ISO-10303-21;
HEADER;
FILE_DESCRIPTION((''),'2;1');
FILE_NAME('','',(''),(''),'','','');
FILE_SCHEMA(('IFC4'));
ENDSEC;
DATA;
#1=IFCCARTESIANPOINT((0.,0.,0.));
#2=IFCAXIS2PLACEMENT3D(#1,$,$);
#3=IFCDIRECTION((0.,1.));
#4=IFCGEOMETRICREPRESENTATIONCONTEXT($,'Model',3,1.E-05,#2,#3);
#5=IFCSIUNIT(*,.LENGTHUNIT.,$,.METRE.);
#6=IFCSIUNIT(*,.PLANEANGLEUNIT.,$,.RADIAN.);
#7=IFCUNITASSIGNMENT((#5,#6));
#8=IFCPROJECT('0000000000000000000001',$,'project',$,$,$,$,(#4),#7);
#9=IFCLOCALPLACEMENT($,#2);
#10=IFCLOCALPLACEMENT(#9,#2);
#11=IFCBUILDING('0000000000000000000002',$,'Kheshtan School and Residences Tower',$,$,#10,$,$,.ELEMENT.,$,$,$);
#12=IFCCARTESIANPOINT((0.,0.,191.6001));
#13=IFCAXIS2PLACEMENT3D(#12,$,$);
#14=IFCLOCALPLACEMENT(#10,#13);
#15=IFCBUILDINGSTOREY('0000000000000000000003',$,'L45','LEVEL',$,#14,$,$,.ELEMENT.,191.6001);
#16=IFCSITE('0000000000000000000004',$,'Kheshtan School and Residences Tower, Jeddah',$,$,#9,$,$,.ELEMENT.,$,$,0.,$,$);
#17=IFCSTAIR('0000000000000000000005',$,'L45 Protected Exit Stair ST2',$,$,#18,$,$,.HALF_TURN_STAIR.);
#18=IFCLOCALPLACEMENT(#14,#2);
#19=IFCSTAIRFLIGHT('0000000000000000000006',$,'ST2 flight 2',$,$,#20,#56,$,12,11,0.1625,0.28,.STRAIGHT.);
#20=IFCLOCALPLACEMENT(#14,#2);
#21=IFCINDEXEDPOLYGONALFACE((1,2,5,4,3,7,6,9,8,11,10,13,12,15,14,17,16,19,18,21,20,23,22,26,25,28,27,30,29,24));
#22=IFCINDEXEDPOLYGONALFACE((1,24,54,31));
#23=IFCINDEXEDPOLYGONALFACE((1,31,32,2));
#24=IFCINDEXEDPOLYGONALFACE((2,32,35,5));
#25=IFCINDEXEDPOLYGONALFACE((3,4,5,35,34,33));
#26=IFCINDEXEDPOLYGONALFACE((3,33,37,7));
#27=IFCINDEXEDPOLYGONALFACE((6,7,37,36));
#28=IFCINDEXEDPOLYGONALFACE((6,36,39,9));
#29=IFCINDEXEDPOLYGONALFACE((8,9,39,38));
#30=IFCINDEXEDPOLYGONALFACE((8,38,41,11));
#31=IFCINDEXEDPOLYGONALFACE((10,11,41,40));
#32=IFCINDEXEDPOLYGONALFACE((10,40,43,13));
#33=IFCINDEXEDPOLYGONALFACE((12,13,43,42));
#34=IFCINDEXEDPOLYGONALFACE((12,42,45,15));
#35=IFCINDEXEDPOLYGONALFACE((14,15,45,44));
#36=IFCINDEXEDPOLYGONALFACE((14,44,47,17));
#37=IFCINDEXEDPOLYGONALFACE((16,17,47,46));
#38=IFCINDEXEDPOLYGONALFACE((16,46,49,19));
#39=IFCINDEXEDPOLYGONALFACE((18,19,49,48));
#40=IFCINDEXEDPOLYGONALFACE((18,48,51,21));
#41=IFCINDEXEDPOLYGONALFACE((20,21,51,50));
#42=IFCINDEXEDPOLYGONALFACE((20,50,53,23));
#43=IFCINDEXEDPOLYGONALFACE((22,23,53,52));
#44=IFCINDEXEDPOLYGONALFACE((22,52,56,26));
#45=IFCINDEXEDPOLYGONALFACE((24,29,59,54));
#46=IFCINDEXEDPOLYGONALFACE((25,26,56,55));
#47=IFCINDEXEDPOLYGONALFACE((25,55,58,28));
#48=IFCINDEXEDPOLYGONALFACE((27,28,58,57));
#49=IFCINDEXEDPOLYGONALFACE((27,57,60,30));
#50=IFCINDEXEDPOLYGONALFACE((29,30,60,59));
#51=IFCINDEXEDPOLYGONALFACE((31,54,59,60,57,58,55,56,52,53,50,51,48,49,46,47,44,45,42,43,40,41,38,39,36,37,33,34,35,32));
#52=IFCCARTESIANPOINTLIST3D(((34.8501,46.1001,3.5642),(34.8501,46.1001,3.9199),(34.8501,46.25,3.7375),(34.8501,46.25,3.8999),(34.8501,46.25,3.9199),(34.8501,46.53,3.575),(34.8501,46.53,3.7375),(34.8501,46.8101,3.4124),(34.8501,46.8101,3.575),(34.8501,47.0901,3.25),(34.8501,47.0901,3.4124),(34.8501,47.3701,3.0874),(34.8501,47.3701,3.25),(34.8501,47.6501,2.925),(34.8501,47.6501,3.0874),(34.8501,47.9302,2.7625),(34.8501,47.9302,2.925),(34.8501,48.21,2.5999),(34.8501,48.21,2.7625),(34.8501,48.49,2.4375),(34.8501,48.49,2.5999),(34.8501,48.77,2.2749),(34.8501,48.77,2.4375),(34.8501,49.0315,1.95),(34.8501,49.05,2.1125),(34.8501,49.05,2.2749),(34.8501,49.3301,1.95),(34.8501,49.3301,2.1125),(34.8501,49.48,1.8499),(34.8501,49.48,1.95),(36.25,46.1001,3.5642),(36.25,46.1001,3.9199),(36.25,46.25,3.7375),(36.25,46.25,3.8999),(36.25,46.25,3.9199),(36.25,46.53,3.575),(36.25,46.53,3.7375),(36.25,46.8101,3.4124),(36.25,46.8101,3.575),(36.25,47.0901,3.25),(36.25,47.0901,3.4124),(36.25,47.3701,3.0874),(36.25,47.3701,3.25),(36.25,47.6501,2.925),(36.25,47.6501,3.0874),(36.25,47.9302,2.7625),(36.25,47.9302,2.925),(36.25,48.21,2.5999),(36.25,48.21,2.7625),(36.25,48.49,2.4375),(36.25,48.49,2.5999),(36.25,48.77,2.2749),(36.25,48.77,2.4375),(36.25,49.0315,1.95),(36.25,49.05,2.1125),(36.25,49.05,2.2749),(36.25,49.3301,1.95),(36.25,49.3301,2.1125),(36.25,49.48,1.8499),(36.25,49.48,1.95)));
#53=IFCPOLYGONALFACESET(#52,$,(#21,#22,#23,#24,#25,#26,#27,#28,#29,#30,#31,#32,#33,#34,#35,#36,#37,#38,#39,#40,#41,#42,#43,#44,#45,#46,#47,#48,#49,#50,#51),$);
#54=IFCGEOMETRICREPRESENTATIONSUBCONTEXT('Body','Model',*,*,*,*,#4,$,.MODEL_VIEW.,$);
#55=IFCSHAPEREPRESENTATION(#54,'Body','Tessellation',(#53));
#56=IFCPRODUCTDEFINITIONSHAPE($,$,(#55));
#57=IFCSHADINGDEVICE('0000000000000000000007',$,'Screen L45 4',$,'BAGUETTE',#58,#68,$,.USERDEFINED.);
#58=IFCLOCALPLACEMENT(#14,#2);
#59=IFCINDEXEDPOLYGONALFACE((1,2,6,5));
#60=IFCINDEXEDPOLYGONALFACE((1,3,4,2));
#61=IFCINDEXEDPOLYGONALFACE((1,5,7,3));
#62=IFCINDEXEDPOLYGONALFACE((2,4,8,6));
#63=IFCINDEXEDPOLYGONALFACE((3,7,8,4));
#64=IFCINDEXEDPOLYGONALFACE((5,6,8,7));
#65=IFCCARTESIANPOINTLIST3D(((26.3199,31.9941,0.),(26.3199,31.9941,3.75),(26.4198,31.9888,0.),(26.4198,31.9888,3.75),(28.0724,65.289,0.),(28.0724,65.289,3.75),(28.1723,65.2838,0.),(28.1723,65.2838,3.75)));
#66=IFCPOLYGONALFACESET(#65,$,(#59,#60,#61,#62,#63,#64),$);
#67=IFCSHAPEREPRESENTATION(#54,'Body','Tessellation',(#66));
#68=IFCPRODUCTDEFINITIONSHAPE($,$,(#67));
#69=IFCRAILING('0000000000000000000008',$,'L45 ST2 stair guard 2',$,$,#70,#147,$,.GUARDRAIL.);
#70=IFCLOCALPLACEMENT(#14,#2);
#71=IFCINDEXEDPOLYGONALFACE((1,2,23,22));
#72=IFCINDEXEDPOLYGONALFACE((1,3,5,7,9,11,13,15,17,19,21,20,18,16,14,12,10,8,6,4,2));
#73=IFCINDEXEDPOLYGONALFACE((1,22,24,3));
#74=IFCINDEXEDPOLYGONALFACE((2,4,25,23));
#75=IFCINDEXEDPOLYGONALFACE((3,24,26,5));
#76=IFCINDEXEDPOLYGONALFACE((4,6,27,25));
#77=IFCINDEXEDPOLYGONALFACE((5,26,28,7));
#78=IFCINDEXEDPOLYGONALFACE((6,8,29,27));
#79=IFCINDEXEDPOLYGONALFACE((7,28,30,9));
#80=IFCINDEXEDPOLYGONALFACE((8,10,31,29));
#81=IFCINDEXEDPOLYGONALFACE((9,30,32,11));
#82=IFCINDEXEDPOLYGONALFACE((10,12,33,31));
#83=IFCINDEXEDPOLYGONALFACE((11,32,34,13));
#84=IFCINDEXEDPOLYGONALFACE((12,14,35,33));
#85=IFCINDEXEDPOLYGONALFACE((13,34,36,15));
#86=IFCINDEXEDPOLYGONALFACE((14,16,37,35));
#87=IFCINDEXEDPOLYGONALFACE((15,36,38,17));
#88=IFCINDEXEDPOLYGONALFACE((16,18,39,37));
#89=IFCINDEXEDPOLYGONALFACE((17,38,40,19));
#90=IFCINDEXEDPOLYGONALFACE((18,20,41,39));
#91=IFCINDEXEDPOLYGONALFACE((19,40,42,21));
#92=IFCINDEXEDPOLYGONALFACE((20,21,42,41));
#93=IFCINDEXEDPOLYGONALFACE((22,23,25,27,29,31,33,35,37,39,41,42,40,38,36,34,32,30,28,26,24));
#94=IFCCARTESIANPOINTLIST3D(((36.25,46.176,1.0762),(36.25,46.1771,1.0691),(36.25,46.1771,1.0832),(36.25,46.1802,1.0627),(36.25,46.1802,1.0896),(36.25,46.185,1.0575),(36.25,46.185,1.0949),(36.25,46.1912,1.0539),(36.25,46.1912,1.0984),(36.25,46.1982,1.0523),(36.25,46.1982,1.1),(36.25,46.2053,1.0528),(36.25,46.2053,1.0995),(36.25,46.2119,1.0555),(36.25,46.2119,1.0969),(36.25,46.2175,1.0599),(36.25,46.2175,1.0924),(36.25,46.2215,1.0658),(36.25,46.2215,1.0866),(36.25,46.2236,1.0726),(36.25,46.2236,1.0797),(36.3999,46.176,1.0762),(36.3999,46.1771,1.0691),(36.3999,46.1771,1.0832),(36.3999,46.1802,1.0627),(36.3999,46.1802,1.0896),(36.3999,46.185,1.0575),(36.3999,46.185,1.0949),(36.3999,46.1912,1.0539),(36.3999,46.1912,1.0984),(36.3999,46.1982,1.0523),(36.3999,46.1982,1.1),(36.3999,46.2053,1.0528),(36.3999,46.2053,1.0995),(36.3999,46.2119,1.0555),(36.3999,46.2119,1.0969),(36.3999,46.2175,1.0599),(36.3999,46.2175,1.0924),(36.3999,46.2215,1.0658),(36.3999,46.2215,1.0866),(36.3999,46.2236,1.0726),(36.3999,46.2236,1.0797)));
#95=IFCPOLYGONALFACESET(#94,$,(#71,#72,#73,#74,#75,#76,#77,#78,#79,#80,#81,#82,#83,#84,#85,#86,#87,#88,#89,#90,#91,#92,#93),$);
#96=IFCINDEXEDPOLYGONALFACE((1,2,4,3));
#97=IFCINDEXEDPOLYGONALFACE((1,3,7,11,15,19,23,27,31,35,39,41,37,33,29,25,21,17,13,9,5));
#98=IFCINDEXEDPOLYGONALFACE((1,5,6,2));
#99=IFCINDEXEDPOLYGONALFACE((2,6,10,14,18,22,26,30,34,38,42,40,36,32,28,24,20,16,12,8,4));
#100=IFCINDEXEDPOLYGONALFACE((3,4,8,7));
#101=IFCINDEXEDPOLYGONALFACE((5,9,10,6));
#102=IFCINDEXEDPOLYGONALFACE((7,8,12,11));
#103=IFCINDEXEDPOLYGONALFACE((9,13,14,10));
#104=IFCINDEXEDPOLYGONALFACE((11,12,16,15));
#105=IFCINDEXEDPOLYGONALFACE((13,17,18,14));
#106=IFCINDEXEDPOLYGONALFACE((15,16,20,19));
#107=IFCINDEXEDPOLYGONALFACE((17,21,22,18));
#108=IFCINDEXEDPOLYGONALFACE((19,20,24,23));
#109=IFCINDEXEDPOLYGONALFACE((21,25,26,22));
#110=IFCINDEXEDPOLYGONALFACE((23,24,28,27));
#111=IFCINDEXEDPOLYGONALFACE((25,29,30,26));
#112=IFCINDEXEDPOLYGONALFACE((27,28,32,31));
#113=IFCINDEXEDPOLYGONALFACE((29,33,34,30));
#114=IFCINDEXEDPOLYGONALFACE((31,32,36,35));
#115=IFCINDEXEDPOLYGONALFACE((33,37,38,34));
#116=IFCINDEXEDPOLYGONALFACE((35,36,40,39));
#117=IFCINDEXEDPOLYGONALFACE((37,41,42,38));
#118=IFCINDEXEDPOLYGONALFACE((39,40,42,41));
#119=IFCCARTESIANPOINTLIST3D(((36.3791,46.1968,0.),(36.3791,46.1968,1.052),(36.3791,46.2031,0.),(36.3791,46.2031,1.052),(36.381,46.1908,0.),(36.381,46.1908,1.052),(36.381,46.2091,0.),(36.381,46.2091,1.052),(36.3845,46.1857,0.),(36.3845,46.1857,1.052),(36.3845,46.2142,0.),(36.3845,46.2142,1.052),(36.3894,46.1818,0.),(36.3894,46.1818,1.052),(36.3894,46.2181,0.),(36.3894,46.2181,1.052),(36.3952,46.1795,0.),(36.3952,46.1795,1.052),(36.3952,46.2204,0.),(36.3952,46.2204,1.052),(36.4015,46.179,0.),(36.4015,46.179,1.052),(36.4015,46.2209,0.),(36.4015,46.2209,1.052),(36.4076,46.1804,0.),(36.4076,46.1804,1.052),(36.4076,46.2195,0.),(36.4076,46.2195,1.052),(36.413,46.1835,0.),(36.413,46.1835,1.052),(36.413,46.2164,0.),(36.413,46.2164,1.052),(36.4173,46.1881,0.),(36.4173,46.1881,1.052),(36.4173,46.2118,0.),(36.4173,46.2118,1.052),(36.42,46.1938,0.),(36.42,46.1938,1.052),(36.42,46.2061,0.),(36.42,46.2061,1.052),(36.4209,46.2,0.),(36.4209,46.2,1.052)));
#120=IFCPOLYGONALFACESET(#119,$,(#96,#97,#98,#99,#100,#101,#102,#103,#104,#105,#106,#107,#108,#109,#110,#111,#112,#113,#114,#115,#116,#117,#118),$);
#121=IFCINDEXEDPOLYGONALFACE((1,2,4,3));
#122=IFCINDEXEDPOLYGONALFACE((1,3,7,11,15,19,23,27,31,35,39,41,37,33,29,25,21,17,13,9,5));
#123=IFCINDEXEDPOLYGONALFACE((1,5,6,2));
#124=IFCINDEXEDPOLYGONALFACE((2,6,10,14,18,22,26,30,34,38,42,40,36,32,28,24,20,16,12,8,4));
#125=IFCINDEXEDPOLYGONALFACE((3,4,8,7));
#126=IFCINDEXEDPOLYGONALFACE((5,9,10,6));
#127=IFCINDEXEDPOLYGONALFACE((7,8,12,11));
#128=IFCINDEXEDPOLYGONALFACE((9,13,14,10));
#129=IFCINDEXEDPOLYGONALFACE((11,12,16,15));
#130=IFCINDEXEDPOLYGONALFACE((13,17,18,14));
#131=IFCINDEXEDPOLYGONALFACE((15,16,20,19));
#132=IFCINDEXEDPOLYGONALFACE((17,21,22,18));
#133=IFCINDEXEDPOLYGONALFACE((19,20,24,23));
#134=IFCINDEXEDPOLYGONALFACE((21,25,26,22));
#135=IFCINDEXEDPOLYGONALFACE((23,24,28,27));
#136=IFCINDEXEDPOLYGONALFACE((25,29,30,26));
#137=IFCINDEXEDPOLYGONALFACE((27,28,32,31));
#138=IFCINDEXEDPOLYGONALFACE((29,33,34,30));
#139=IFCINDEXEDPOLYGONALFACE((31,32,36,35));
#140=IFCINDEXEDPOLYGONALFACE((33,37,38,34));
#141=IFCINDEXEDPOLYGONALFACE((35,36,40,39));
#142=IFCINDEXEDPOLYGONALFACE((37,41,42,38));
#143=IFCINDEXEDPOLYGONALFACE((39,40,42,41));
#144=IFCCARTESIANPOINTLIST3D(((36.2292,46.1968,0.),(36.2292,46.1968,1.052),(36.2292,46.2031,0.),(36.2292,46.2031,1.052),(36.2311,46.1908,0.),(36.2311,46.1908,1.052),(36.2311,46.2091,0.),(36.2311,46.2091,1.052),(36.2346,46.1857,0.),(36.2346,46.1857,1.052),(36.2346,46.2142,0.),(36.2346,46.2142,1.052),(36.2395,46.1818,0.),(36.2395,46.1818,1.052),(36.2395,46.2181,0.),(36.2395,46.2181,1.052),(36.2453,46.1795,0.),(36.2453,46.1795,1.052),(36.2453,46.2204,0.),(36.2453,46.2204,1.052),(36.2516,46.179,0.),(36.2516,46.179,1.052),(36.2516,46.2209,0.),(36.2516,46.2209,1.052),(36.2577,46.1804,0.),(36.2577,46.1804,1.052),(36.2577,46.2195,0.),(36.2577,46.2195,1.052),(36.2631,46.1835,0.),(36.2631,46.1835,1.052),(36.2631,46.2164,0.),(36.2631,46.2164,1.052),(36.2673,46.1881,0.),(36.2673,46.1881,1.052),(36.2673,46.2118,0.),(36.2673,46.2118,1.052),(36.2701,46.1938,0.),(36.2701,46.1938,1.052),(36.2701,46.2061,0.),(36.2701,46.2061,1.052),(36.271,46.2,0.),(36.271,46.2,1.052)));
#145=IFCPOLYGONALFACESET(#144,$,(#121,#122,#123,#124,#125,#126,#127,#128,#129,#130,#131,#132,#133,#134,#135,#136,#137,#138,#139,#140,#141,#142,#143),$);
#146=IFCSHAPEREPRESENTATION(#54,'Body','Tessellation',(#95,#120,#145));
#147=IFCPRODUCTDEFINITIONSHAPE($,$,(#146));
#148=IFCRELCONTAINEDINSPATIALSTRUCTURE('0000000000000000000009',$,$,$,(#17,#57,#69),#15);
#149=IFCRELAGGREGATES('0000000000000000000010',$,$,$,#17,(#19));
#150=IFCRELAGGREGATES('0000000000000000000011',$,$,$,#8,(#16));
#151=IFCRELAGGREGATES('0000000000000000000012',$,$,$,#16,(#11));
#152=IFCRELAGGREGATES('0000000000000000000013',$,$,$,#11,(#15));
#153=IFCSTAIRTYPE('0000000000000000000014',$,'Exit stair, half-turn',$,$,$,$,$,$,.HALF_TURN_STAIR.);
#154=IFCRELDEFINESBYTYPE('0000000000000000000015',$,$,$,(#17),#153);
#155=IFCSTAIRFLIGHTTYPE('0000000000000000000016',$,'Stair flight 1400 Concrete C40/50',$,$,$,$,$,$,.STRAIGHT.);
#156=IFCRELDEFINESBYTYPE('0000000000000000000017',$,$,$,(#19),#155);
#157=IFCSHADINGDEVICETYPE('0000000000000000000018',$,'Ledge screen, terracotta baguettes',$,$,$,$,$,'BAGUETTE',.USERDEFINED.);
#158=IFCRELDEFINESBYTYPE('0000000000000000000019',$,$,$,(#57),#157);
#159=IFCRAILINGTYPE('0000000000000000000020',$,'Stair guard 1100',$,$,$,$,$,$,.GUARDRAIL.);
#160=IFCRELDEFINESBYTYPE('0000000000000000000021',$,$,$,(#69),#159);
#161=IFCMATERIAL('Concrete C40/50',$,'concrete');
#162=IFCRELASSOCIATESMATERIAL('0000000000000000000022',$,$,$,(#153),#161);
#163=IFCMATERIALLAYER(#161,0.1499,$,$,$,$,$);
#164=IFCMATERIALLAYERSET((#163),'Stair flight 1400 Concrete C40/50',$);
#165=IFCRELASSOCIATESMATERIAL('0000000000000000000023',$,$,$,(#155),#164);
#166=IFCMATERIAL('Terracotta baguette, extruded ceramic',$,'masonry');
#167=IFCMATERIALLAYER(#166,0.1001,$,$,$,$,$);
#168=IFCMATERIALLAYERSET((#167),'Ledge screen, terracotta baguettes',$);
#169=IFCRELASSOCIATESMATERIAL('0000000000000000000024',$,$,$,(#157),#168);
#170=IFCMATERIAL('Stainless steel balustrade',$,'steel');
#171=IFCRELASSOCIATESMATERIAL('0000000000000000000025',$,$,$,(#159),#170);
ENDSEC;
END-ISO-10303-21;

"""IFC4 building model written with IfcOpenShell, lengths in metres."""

from ifc_helpers import new_model, si_unit, direction, frame, origin, origin_2d, place, context, subcontext, project, spatial, polyline, rectangle, circle, outline, extrude, material, layer, layer_set, type_object, element, aggregate, save


model = new_model("IFC4")

# Units and contexts
model_context = context("Model", 3, precision=1e-05, world=origin(), true_north=direction((0.0, 1.0)))
body_context = subcontext(model_context, "Body", "Model", "MODEL_VIEW")
ifc_project = project(units=[si_unit("LENGTHUNIT", "METRE"), si_unit("PLANEANGLEUNIT", "RADIAN")], contexts=[model_context])

# Site, building, storey
site_placement = place(None, origin())
site = spatial("IfcSite", under=ifc_project, at=site_placement, Name="Kheshtan School and Residences Tower, Jeddah", CompositionType="ELEMENT", RefElevation=0.0)
building_placement = place(site_placement, origin())
building = spatial("IfcBuilding", under=site, at=building_placement, Name="Kheshtan School and Residences Tower", CompositionType="ELEMENT")
storey_placement = place(building_placement, frame((0.0, 0.0, 191.6001)))
storey = spatial("IfcBuildingStorey", under=building, at=storey_placement, Name="L45", Description="LEVEL", CompositionType="ELEMENT", Elevation=191.6001)

# Shared definitions
ifc_material_1 = material(Name="Concrete C40/50", Category="concrete")

# Stair, stair flight
stair_type = type_object("IfcStairType", Name="Exit stair, half-turn", PredefinedType="HALF_TURN_STAIR", material=ifc_material_1)
stair_placement = place(storey_placement, origin())
stair = element("IfcStair", 1, at=stair_placement, inside=storey, type_object=stair_type, Name="L45 Protected Exit Stair ST2", PredefinedType="HALF_TURN_STAIR")
ifc_layer_1 = layer(ifc_material_1, 0.1499)
ifc_layer_set_1 = layer_set([ifc_layer_1], Name="Stair flight 1400 Concrete C40/50")
stair_flight_type = type_object("IfcStairFlightType", Name="Stair flight 1400 Concrete C40/50", PredefinedType="STRAIGHT", material=ifc_layer_set_1)
stair_flight_1_placement = place(storey_placement, frame((35.55, 49.3301, 1.95), z_axis=(0.0, 0.0, 1.0), x_axis=(0.0, -1.0, 0.0)))
stair_flight_1 = element("IfcStairFlight", 2, at=stair_flight_1_placement, type_object=stair_flight_type, Name="ST2 flight 2", NumberOfRisers=12, NumberOfTreads=11, PredefinedType="STRAIGHT", RiserHeight=0.1625, TreadLength=0.28, context=body_context, shape_type="SweptSolid", body=[
    extrude(outline(polyline([(-0.1499, -0.1001), (-0.1499, 0.0), (0.0, 0.0), (0.0, 0.1626), (0.28, 0.1626), (0.28, 0.325), (0.5601, 0.325), (0.5601, 0.4875), (0.8401, 0.4875), (0.8401, 0.6499), (1.1201, 0.6499), (1.1201, 0.8125), (1.3999, 0.8125), (1.3999, 0.9751), (1.6799, 0.9751), (1.6799, 1.1375), (1.96, 1.1375), (1.96, 1.3), (2.24, 1.3), (2.24, 1.4624), (2.52, 1.4624), (2.52, 1.625), (2.8, 1.625), (2.8, 1.7876), (3.0801, 1.7876), (3.0801, 1.95), (3.0801, 1.97), (3.23, 1.97), (3.23, 1.6143), (0.2986, 0.0), (-0.1499, -0.1001)])), frame((0.0, 0.7, 0.0), z_axis=(0.0, -1.0, 0.0), x_axis=(1.0, 0.0, 0.0)), (0.0, 0.0, 1.0), 1.3999),
])
aggregate(stair, [stair_flight_1])

# Shading device
ifc_material_2 = material(Name="Terracotta baguette, extruded ceramic", Category="masonry")
ifc_layer_2 = layer(ifc_material_2, 0.1001)
ifc_layer_set_2 = layer_set([ifc_layer_2], Name="Ledge screen, terracotta baguettes")
shading_device_type = type_object("IfcShadingDeviceType", Name="Ledge screen, terracotta baguettes", ElementType="BAGUETTE", PredefinedType="USERDEFINED", material=ifc_layer_set_2)
shading_device_placement = place(storey_placement, frame((27.2461, 48.6389, 0.0), z_axis=(0.0, 0.0, 1.0), x_axis=(0.052563, 0.998618, 0.0)))
element("IfcShadingDevice", 3, at=shading_device_placement, inside=storey, type_object=shading_device_type, Name="Screen L45 4", ObjectType="BAGUETTE", PredefinedType="USERDEFINED", context=body_context, shape_type="SweptSolid", body=[
    extrude(rectangle(XDim=33.3411, YDim=0.1001, at=origin_2d()), origin(), (0.0, 0.0, 1.0), 3.75),
])

# Railing
ifc_material_3 = material(Name="Stainless steel balustrade", Category="steel")
railing_type_1 = type_object("IfcRailingType", Name="Stair guard 1100", PredefinedType="GUARDRAIL", material=ifc_material_3)
railing_1_placement = place(storey_placement, frame((36.3999, 46.2, 0.0)))
element("IfcRailing", 4, at=railing_1_placement, inside=storey, type_object=railing_type_1, Name="L45 ST2 stair guard 2", PredefinedType="GUARDRAIL", context=body_context, shape_type="SweptSolid", body=[
    extrude(circle(Radius=0.0239, at=origin_2d()), frame((0.0, 0.0, 1.0762), z_axis=(-1.0, 0.0, 0.0), x_axis=(0.0, -1.0, 0.0)), (0.0, 0.0, 1.0), 0.1499),
    extrude(circle(Radius=0.021, at=origin_2d()), origin(), (0.0, 0.0, 1.0), 1.052),
    extrude(circle(Radius=0.021, at=origin_2d()), frame((-0.1499, 0.0, 0.0)), (0.0, 0.0, 1.0), 1.052),
])

save(model, "model.ifc")
